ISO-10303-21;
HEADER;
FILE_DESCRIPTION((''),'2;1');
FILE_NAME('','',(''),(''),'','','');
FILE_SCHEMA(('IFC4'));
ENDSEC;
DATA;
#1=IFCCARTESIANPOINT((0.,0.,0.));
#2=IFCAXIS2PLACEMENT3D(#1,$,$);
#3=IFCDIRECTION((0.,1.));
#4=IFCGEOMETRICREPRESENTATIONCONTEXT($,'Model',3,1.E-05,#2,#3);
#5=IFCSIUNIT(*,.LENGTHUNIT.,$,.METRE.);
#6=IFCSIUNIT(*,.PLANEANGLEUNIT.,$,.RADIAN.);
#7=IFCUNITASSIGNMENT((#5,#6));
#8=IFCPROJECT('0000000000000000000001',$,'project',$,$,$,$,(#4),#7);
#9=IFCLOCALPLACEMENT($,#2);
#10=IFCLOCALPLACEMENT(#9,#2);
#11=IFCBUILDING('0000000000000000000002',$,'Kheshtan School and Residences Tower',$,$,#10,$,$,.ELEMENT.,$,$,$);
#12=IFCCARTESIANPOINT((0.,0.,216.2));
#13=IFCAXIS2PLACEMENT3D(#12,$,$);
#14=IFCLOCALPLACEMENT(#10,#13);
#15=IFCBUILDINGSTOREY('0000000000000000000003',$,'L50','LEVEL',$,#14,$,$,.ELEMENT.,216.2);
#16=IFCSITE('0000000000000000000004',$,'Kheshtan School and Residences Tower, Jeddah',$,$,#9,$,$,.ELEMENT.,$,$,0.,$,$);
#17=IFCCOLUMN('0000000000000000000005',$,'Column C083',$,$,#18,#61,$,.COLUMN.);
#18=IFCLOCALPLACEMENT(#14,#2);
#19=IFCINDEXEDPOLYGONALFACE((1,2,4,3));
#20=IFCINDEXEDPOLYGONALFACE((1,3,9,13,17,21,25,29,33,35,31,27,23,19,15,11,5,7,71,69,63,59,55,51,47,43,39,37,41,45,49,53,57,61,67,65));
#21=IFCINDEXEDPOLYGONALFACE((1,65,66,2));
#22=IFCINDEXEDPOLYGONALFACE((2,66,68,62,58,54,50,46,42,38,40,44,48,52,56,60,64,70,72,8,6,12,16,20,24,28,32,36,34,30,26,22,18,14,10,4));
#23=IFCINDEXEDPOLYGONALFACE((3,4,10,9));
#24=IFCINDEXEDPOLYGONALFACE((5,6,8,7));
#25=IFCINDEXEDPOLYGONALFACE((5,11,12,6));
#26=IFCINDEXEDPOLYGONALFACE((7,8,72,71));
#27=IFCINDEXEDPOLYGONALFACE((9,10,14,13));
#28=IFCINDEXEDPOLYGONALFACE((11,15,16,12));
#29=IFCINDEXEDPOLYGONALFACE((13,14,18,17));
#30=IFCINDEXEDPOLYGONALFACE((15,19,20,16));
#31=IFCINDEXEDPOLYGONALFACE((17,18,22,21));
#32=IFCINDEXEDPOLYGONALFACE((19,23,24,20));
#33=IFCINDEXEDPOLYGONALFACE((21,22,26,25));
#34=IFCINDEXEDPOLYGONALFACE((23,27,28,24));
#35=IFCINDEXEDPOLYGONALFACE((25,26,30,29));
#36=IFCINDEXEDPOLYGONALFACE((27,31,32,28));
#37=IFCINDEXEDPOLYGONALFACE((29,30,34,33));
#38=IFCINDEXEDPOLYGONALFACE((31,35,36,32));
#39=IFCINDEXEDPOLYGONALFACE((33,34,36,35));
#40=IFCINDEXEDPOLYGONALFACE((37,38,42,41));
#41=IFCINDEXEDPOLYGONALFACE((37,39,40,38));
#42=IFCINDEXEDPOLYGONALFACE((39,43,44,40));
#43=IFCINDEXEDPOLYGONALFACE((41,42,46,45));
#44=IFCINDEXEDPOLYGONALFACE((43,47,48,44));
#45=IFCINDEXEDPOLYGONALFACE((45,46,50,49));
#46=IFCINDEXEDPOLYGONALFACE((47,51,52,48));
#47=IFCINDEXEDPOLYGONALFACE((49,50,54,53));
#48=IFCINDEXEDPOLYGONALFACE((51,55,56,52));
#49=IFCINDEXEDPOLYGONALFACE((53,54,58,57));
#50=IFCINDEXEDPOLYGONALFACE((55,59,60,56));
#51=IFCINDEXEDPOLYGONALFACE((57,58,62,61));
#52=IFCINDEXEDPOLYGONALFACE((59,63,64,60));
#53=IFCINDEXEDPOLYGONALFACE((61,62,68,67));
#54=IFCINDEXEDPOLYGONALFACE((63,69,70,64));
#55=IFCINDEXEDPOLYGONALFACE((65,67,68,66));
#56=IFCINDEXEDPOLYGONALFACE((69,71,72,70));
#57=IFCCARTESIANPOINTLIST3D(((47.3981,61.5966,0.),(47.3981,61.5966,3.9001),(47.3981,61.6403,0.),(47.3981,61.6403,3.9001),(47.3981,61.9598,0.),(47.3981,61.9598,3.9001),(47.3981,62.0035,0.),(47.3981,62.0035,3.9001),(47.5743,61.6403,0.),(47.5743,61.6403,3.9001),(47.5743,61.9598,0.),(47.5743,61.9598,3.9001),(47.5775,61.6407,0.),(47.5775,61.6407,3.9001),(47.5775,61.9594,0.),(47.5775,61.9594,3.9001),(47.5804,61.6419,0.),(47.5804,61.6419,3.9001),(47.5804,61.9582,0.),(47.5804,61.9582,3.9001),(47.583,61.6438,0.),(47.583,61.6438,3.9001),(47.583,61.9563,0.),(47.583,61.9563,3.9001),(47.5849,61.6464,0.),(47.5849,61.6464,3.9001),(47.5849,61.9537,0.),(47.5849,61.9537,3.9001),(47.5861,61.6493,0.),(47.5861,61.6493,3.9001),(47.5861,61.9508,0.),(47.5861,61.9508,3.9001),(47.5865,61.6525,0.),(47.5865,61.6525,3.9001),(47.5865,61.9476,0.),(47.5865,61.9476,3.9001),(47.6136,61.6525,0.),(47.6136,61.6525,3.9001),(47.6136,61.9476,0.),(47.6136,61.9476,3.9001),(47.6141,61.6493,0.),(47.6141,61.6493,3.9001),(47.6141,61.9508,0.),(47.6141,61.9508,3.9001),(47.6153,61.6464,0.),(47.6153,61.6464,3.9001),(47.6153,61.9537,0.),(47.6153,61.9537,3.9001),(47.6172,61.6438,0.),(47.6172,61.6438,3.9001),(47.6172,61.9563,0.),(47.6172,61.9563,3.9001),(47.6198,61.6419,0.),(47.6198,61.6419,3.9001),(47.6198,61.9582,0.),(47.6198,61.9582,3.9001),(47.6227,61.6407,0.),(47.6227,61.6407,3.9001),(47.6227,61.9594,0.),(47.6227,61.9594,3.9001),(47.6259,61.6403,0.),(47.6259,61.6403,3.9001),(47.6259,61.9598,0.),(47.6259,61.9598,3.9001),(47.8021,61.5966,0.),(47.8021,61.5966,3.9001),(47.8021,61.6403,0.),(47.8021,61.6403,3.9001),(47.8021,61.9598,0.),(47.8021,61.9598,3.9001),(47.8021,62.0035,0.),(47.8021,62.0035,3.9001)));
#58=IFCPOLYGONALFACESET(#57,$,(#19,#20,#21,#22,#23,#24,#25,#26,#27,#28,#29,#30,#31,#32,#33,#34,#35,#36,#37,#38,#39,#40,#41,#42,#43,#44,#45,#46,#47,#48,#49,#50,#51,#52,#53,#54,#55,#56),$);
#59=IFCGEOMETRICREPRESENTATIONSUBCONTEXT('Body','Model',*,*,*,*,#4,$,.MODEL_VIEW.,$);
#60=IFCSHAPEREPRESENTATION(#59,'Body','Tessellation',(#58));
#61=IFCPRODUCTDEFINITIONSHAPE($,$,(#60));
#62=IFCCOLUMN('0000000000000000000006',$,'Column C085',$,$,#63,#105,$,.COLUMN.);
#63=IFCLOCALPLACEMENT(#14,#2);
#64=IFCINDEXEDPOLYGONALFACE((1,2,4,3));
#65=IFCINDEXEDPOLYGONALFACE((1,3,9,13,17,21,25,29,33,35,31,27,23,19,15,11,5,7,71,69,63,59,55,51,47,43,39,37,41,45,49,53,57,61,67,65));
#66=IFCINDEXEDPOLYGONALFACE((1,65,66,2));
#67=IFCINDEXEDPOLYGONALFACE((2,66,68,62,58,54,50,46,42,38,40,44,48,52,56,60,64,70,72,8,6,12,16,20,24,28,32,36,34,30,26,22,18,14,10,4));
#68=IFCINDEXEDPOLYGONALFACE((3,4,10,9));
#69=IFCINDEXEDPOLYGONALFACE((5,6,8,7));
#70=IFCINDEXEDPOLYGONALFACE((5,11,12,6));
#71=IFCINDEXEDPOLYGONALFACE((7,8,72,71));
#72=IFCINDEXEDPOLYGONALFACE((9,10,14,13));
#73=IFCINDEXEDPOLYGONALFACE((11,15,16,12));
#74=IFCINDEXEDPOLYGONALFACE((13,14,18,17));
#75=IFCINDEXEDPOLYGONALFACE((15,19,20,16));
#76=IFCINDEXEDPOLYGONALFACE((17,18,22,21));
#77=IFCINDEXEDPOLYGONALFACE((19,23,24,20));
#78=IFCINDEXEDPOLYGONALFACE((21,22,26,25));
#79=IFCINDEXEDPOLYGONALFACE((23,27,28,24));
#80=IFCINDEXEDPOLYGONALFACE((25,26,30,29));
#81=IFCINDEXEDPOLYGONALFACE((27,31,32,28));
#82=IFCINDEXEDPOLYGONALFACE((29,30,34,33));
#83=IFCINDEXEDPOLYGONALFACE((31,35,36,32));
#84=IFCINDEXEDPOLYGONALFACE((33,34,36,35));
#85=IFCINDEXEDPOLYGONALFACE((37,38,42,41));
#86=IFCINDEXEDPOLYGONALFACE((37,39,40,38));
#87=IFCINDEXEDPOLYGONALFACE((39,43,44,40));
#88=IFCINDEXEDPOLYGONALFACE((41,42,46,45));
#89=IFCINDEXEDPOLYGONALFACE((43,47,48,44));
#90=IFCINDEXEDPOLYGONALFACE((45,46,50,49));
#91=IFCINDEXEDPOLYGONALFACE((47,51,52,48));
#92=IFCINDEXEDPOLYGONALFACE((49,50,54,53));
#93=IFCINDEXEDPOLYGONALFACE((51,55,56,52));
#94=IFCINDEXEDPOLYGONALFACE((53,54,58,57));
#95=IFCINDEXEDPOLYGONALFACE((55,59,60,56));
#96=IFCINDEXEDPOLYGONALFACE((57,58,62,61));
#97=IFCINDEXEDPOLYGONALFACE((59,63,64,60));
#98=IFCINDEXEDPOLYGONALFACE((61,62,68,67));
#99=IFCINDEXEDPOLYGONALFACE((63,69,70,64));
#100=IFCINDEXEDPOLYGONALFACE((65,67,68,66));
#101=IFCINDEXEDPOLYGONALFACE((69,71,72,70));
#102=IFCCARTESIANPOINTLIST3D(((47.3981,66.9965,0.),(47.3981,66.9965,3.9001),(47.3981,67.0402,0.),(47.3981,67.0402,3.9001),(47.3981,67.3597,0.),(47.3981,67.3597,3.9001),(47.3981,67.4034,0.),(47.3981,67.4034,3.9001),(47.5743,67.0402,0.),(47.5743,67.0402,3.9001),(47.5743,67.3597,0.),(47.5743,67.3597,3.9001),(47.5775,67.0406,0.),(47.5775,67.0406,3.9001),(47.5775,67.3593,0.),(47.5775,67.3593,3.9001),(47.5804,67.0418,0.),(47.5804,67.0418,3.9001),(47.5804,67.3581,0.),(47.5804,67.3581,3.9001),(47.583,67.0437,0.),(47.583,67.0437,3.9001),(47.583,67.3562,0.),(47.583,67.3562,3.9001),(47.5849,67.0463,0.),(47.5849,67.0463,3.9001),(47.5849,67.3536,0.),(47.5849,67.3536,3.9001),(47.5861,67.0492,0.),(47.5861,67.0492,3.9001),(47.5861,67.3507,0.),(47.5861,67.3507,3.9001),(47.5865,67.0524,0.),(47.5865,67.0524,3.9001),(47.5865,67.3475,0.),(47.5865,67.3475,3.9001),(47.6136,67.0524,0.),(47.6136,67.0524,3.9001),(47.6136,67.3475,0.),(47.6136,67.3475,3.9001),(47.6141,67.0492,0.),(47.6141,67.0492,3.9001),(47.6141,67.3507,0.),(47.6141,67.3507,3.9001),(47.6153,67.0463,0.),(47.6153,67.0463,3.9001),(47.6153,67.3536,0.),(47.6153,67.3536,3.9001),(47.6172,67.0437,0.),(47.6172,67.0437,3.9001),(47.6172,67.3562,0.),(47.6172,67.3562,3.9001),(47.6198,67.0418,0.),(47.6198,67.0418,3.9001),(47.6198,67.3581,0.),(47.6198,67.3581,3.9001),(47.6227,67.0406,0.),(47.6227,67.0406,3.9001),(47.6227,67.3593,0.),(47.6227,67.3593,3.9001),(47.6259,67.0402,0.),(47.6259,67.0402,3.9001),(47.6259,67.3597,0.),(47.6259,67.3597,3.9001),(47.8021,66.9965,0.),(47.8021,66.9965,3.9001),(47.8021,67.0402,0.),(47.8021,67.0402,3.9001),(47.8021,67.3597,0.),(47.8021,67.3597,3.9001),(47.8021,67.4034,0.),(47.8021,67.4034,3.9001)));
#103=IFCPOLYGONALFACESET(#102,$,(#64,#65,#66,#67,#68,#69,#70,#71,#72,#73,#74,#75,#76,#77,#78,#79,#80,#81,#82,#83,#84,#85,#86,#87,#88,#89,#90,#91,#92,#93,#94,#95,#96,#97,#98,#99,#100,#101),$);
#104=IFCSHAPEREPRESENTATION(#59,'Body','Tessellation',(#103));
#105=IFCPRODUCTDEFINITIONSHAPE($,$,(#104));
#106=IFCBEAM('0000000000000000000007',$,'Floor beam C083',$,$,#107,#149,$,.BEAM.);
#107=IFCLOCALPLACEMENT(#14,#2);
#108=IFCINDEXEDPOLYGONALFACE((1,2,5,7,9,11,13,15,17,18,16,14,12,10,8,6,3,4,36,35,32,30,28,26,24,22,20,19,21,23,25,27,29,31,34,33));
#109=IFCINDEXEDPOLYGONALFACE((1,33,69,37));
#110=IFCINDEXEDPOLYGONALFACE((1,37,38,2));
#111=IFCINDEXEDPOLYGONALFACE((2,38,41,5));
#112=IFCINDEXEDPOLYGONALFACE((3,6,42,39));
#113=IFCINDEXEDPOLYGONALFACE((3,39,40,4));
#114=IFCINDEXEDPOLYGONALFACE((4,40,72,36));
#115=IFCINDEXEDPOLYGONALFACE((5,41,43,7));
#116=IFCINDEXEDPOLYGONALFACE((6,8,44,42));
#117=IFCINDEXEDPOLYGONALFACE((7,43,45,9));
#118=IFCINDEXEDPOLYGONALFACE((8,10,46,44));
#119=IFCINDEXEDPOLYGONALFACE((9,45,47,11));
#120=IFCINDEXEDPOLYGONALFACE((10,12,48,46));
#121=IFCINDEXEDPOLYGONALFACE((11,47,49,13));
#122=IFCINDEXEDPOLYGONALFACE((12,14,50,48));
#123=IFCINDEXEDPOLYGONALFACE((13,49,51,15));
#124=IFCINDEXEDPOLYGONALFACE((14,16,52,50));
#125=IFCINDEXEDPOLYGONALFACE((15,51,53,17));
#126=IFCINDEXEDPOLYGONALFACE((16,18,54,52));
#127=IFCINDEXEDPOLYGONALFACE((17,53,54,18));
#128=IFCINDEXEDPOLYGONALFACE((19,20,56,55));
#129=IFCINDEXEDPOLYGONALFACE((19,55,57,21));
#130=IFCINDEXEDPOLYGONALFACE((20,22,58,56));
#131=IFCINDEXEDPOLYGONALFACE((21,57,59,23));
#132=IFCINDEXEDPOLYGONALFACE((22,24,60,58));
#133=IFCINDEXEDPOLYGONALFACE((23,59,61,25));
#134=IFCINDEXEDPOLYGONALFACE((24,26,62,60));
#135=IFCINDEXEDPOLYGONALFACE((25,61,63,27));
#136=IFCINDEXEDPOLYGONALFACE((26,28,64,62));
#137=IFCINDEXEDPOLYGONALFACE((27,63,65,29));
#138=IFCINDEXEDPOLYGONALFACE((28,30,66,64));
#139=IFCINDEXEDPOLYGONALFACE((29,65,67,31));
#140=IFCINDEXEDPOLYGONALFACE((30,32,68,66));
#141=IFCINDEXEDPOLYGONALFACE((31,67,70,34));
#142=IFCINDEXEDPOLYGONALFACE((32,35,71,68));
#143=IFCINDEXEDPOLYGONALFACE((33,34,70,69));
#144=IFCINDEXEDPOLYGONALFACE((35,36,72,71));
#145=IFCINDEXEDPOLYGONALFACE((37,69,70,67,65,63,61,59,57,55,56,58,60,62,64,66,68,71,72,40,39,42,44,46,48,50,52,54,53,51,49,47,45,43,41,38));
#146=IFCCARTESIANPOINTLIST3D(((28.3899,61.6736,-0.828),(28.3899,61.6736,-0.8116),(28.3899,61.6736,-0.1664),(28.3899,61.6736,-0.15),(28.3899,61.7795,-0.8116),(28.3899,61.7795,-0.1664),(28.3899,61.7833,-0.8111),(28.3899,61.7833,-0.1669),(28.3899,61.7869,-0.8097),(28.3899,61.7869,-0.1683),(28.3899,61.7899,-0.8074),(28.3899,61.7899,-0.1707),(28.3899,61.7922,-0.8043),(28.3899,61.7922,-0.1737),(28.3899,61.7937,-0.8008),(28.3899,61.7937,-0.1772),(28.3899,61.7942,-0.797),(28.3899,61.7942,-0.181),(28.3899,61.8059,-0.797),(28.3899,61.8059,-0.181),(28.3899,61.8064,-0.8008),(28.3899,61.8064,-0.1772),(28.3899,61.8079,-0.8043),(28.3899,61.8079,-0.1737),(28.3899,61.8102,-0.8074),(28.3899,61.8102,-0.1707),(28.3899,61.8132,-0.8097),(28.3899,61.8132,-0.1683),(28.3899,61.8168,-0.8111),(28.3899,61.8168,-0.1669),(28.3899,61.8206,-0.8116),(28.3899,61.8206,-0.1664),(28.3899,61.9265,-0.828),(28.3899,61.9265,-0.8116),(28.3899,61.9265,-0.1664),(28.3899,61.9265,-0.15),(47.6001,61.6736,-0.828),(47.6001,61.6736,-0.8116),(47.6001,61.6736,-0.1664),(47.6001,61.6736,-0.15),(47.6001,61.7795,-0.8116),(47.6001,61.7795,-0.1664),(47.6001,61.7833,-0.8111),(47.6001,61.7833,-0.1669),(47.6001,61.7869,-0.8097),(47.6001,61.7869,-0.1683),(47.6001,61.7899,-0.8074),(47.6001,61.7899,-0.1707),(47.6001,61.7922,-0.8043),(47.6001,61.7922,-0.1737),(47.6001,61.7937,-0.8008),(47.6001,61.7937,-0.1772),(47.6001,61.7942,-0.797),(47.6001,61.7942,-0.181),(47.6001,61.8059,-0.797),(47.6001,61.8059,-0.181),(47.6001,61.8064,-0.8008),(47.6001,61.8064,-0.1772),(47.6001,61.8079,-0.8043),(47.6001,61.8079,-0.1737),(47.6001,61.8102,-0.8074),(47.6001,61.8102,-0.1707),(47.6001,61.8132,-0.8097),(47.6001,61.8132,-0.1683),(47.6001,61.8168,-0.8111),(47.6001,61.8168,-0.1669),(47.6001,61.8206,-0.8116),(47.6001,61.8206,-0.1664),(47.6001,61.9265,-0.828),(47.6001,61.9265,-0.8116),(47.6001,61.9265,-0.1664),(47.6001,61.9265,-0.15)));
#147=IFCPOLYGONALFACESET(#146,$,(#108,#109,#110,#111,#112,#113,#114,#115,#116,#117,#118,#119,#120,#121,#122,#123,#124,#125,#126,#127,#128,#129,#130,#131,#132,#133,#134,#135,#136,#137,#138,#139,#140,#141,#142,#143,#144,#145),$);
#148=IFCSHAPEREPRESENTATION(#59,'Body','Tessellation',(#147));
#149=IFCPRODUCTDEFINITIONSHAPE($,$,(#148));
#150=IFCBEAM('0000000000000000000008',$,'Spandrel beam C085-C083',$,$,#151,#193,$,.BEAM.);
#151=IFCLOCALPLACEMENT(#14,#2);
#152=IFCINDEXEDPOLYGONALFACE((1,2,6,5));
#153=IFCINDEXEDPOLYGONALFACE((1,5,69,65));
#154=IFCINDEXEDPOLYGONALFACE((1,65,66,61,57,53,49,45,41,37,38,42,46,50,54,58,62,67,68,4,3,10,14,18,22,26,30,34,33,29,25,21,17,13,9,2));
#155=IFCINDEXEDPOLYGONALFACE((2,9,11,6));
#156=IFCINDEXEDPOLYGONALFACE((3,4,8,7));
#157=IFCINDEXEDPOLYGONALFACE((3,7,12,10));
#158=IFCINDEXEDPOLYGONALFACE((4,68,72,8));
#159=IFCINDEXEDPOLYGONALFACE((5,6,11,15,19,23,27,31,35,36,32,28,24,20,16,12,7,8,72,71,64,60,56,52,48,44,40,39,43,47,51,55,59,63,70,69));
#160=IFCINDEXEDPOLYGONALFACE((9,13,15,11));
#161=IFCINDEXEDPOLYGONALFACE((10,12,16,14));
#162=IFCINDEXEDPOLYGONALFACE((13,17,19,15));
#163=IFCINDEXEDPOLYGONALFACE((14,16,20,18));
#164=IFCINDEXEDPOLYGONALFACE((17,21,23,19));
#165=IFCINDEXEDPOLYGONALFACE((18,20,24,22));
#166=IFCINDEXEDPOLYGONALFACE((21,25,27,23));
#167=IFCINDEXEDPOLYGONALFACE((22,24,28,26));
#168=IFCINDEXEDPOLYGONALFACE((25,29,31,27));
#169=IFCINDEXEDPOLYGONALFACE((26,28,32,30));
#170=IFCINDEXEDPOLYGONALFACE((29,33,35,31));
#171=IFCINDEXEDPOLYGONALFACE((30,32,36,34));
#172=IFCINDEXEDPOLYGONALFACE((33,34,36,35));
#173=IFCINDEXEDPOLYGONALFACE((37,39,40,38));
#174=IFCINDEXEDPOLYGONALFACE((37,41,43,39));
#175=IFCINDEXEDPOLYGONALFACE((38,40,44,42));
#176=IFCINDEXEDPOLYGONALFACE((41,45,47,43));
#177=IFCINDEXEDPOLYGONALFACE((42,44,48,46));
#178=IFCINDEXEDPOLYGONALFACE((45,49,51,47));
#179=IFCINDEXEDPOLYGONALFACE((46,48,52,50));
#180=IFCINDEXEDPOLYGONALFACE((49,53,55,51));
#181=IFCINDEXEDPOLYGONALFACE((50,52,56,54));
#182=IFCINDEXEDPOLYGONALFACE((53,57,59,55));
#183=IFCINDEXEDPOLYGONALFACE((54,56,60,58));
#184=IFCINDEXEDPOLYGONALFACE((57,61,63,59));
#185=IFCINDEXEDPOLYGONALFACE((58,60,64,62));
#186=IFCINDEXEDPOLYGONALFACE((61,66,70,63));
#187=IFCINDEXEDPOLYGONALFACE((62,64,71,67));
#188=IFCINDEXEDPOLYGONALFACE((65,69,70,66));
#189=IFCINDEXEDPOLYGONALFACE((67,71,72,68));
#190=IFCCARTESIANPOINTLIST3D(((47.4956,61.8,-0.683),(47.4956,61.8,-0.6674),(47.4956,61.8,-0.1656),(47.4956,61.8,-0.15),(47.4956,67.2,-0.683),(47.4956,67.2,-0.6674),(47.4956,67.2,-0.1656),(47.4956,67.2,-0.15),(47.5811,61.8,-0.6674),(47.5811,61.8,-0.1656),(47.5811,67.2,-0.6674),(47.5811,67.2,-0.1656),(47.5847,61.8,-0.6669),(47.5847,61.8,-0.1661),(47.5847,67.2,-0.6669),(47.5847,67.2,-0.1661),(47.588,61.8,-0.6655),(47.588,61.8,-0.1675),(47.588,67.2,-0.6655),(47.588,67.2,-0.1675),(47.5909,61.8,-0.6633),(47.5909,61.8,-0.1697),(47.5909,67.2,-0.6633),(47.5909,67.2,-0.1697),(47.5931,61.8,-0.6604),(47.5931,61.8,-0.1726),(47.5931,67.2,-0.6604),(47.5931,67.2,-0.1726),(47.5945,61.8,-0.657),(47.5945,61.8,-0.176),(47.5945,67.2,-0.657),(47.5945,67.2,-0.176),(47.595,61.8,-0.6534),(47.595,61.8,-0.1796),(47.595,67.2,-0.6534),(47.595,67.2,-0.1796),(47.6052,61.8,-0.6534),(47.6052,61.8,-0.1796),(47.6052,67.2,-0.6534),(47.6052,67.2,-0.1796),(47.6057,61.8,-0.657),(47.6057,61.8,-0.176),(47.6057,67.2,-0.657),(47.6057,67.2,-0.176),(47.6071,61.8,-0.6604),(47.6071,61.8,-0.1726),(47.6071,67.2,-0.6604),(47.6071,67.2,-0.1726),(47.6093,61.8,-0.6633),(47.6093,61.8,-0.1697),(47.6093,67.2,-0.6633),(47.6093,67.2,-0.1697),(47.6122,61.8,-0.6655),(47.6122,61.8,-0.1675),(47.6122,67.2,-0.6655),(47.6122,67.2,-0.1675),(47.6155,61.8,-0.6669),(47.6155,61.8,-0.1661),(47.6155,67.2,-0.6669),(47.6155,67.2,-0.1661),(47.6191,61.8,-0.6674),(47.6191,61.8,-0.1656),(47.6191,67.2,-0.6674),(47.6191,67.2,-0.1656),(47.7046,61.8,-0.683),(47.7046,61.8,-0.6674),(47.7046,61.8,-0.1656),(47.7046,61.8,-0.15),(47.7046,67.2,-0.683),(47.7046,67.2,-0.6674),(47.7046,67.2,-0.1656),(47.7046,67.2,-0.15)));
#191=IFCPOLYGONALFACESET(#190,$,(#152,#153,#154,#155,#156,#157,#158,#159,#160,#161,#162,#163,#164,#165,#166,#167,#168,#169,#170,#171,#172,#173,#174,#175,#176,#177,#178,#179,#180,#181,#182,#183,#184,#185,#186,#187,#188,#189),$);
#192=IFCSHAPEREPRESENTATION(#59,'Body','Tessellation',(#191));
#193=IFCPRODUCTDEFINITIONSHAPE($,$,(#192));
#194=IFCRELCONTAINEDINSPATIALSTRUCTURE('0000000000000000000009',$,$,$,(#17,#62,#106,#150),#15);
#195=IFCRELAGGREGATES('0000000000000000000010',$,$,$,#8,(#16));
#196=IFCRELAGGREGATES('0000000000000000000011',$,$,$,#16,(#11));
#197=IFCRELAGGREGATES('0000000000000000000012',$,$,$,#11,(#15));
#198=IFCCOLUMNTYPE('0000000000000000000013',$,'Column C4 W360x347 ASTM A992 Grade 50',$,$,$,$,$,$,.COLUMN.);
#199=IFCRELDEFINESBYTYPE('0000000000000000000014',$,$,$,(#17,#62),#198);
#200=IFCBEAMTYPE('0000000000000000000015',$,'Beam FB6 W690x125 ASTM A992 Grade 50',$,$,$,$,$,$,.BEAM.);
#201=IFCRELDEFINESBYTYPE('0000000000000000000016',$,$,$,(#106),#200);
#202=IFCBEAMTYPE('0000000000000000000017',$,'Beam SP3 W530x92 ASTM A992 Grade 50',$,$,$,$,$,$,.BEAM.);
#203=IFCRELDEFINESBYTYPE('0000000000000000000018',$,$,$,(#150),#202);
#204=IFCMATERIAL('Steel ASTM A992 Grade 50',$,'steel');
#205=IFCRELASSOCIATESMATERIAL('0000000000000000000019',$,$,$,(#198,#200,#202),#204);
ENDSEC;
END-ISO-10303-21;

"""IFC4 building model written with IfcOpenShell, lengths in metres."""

from ifc_helpers import new_model, si_unit, direction, frame, origin, origin_2d, place, context, subcontext, project, spatial, i_section, extrude, material, material_profile, profile_set, type_object, element, save


model = new_model("IFC4")

# Units and contexts
model_context = context("Model", 3, precision=1e-05, world=origin(), true_north=direction((0.0, 1.0)))
body_context = subcontext(model_context, "Body", "Model", "MODEL_VIEW")
ifc_project = project(units=[si_unit("LENGTHUNIT", "METRE"), si_unit("PLANEANGLEUNIT", "RADIAN")], contexts=[model_context])

# Site, building, storey
site_placement = place(None, origin())
site = spatial("IfcSite", under=ifc_project, at=site_placement, Name="Kheshtan School and Residences Tower, Jeddah", CompositionType="ELEMENT", RefElevation=0.0)
building_placement = place(site_placement, origin())
building = spatial("IfcBuilding", under=site, at=building_placement, Name="Kheshtan School and Residences Tower", CompositionType="ELEMENT")
storey_placement = place(building_placement, frame((0.0, 0.0, 216.2)))
storey = spatial("IfcBuildingStorey", under=building, at=storey_placement, Name="L50", Description="LEVEL", CompositionType="ELEMENT", Elevation=216.2)

# Columns
ifc_material_1 = material(Name="Steel ASTM A992 Grade 50", Category="steel")
ifc_material_profile_1 = material_profile(ifc_material_1, i_section(OverallWidth=0.4041, OverallDepth=0.407, WebThickness=0.0271, FlangeThickness=0.0437, FilletRadius=0.0122, at=origin_2d()), Name="W360x347")
ifc_profile_set_1 = profile_set([ifc_material_profile_1], Name="Steel ASTM A992 Grade 50")
column_type = type_object("IfcColumnType", Name="Column C4 W360x347 ASTM A992 Grade 50", PredefinedType="COLUMN", material=ifc_profile_set_1)
for number, where, z_axis, x_axis, name in (
    (1, (47.6001, 61.8, 0.0), (0.0, 0.0, 1.0), (1.0, 0.0, 0.0), "Column C083"),
    (2, (47.6001, 67.2, 0.0), (0.0, 0.0, 1.0), (1.0, 0.0, 0.0), "Column C085"),
):
    element("IfcColumn", number, at=place(storey_placement, frame(where, z_axis=z_axis, x_axis=x_axis)), inside=storey, type_object=column_type, Name=name, PredefinedType="COLUMN", context=body_context, shape_type="SweptSolid", body=[
        extrude(i_section(OverallWidth=0.4041, OverallDepth=0.407, WebThickness=0.0271, FlangeThickness=0.0437, FilletRadius=0.0122, at=origin_2d()), origin(), (0.0, 0.0, 1.0), 3.9001),
    ])

# Beams
ifc_material_profile_2 = material_profile(ifc_material_1, i_section(OverallWidth=0.2529, OverallDepth=0.678, WebThickness=0.0117, FlangeThickness=0.0164, FilletRadius=0.0146, at=origin_2d()), Name="W690x125")
ifc_profile_set_2 = profile_set([ifc_material_profile_2], Name="Steel ASTM A992 Grade 50")
beam_type_1 = type_object("IfcBeamType", Name="Beam FB6 W690x125 ASTM A992 Grade 50", PredefinedType="BEAM", material=ifc_profile_set_2)
beam_1_placement = place(storey_placement, frame((47.6001, 61.8, -0.489), z_axis=(-1.0, 0.0, 0.0), x_axis=(0.0, -1.0, 0.0)))
element("IfcBeam", 3, at=beam_1_placement, inside=storey, type_object=beam_type_1, Name="Floor beam C083", PredefinedType="BEAM", context=body_context, shape_type="SweptSolid", body=[
    extrude(i_section(OverallWidth=0.2529, OverallDepth=0.678, WebThickness=0.0117, FlangeThickness=0.0164, FilletRadius=0.0146, at=origin_2d()), origin(), (0.0, 0.0, 1.0), 19.2102),
])
ifc_material_profile_3 = material_profile(ifc_material_1, i_section(OverallWidth=0.209, OverallDepth=0.533, WebThickness=0.0103, FlangeThickness=0.0156, FilletRadius=0.0139, at=origin_2d()), Name="W530x92")
ifc_profile_set_3 = profile_set([ifc_material_profile_3], Name="Steel ASTM A992 Grade 50")
beam_type_2 = type_object("IfcBeamType", Name="Beam SP3 W530x92 ASTM A992 Grade 50", PredefinedType="BEAM", material=ifc_profile_set_3)
beam_2_placement = place(storey_placement, frame((47.6001, 67.2, -0.4165), z_axis=(0.0, -1.0, 0.0), x_axis=(1.0, 0.0, 0.0)))
element("IfcBeam", 4, at=beam_2_placement, inside=storey, type_object=beam_type_2, Name="Spandrel beam C085-C083", PredefinedType="BEAM", context=body_context, shape_type="SweptSolid", body=[
    extrude(i_section(OverallWidth=0.209, OverallDepth=0.533, WebThickness=0.0103, FlangeThickness=0.0156, FilletRadius=0.0139, at=origin_2d()), origin(), (0.0, 0.0, 1.0), 5.3999),
])

save(model, "model.ifc")
